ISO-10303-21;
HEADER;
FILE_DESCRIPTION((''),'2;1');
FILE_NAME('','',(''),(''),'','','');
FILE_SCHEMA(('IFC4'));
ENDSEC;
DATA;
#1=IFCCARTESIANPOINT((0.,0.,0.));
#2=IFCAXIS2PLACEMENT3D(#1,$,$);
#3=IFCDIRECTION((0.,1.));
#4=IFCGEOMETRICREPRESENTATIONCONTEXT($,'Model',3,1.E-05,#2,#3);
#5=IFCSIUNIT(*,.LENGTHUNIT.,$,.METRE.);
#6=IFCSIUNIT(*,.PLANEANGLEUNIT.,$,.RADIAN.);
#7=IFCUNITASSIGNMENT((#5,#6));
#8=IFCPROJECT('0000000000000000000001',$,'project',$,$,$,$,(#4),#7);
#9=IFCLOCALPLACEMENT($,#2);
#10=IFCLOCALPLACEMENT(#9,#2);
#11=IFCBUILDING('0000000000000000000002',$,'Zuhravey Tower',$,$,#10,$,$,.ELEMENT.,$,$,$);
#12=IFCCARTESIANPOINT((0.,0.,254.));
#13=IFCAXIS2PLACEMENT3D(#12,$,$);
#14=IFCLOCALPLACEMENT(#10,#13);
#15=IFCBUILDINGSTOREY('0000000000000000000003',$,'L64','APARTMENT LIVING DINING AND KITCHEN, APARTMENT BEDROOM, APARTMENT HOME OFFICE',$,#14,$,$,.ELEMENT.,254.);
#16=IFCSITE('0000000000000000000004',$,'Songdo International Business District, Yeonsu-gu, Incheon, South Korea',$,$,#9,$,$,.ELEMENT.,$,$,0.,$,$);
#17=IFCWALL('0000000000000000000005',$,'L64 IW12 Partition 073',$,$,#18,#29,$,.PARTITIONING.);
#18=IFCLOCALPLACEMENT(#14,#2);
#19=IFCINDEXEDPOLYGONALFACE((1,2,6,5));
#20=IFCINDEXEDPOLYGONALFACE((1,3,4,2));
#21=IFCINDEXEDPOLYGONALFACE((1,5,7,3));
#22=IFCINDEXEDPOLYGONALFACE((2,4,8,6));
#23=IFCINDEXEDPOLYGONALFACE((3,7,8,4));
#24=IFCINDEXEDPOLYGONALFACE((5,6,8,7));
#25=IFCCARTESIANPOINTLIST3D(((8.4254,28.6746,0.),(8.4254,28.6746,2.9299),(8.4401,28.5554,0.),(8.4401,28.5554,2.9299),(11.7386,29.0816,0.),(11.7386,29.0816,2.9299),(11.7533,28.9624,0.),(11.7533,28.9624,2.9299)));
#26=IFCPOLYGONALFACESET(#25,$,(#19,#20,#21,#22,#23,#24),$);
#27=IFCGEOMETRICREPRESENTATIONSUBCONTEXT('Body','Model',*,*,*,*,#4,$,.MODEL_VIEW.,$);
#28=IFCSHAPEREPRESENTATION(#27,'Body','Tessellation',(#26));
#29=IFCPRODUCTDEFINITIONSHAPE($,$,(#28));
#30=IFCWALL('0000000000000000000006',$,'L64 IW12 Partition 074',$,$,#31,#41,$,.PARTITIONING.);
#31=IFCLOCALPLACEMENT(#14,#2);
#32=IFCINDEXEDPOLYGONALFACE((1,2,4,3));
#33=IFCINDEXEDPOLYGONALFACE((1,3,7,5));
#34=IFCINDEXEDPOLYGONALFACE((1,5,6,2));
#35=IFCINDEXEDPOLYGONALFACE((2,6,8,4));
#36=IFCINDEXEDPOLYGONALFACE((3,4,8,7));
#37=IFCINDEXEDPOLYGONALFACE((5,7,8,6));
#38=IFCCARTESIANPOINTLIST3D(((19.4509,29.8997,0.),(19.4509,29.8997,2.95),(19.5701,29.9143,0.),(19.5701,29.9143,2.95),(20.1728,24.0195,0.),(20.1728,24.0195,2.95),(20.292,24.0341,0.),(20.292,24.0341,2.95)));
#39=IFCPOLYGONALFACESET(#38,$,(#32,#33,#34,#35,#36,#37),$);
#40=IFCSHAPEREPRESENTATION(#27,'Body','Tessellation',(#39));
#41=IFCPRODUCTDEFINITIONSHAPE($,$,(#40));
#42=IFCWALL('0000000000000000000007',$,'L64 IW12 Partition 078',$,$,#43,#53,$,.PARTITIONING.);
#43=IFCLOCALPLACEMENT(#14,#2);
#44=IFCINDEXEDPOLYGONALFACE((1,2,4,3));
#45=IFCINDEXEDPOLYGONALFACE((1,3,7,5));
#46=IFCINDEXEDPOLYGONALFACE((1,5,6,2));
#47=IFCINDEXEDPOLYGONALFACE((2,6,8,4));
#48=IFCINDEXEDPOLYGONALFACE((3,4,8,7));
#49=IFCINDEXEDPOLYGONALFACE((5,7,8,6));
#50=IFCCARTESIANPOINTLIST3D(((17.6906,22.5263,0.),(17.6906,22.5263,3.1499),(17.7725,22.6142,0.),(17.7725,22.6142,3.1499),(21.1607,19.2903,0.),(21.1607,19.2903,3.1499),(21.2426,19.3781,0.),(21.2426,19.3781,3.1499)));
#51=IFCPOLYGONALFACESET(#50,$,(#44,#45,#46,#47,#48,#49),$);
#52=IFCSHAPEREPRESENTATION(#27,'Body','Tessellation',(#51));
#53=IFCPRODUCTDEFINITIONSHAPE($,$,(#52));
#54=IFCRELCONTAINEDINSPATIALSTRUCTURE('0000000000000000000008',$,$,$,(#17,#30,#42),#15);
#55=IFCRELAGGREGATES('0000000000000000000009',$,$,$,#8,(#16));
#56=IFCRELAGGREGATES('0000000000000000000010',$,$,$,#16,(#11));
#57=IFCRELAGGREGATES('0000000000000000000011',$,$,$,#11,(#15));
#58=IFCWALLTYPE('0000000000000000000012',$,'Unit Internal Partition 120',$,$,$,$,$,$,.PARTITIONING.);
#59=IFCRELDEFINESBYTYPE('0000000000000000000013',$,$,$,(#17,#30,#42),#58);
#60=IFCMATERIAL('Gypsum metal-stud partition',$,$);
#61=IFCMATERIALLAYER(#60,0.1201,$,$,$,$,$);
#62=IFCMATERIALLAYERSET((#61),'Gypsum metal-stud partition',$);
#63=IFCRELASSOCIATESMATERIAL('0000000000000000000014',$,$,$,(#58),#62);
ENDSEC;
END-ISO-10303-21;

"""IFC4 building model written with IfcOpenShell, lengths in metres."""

from ifc_helpers import new_model, si_unit, direction, frame, frame_2d, origin, place, context, subcontext, project, spatial, rectangle, extrude, material, layer, layer_set, type_object, element, save


model = new_model("IFC4")

# Units and contexts
model_context = context("Model", 3, precision=1e-05, world=origin(), true_north=direction((0.0, 1.0)))
body_context = subcontext(model_context, "Body", "Model", "MODEL_VIEW")
ifc_project = project(units=[si_unit("LENGTHUNIT", "METRE"), si_unit("PLANEANGLEUNIT", "RADIAN")], contexts=[model_context])

# Site, building, storey
site_placement = place(None, origin())
site = spatial("IfcSite", under=ifc_project, at=site_placement, Name="Songdo International Business District, Yeonsu-gu, Incheon, South Korea", CompositionType="ELEMENT", RefElevation=0.0)
building_placement = place(site_placement, origin())
building = spatial("IfcBuilding", under=site, at=building_placement, Name="Zuhravey Tower", CompositionType="ELEMENT")
storey_placement = place(building_placement, frame((0.0, 0.0, 254.0)))
storey = spatial("IfcBuildingStorey", under=building, at=storey_placement, Name="L64", Description="APARTMENT LIVING DINING AND KITCHEN, APARTMENT BEDROOM, APARTMENT HOME OFFICE", CompositionType="ELEMENT", Elevation=254.0)

# Shared definitions
ifc_material_1 = material(Name="Gypsum metal-stud partition")
ifc_layer_1 = layer(ifc_material_1, 0.1201)
ifc_layer_set_1 = layer_set([ifc_layer_1], Name="Gypsum metal-stud partition")
wall_type_1 = type_object("IfcWallType", Name="Unit Internal Partition 120", PredefinedType="PARTITIONING", material=ifc_layer_set_1)

# Walls
wall_1_placement = place(storey_placement, frame((11.7458, 29.022, 0.0), z_axis=(0.0, 0.0, 1.0), x_axis=(-0.99254, -0.121919, 0.0)))
element("IfcWall", 1, at=wall_1_placement, inside=storey, type_object=wall_type_1, Name="L64 IW12 Partition 073", PredefinedType="PARTITIONING", context=body_context, shape_type="SweptSolid", body=[
    extrude(rectangle(XDim=3.3381, YDim=0.1201, at=frame_2d((1.6689, 0.0))), origin(), (0.0, 0.0, 1.0), 2.9299),
])
wall_2_placement = place(storey_placement, frame((19.5105, 29.907, 0.0), z_axis=(0.0, 0.0, 1.0), x_axis=(0.121859, -0.992547, 0.0)))
element("IfcWall", 2, at=wall_2_placement, inside=storey, type_object=wall_type_1, Name="L64 IW12 Partition 074", PredefinedType="PARTITIONING", context=body_context, shape_type="SweptSolid", body=[
    extrude(rectangle(XDim=5.9243, YDim=0.1201, at=frame_2d((2.9622, 0.0))), origin(), (0.0, 0.0, 1.0), 2.95),
])
wall_3_placement = place(storey_placement, frame((17.7314, 22.5703, 0.0), z_axis=(0.0, 0.0, 1.0), x_axis=(0.731348, -0.682005, 0.0)))
element("IfcWall", 3, at=wall_3_placement, inside=storey, type_object=wall_type_1, Name="L64 IW12 Partition 078", PredefinedType="PARTITIONING", context=body_context, shape_type="SweptSolid", body=[
    extrude(rectangle(XDim=4.7449, YDim=0.1201, at=frame_2d((2.3726, 0.0))), origin(), (0.0, 0.0, 1.0), 3.1499),
])

save(model, "model.ifc")
